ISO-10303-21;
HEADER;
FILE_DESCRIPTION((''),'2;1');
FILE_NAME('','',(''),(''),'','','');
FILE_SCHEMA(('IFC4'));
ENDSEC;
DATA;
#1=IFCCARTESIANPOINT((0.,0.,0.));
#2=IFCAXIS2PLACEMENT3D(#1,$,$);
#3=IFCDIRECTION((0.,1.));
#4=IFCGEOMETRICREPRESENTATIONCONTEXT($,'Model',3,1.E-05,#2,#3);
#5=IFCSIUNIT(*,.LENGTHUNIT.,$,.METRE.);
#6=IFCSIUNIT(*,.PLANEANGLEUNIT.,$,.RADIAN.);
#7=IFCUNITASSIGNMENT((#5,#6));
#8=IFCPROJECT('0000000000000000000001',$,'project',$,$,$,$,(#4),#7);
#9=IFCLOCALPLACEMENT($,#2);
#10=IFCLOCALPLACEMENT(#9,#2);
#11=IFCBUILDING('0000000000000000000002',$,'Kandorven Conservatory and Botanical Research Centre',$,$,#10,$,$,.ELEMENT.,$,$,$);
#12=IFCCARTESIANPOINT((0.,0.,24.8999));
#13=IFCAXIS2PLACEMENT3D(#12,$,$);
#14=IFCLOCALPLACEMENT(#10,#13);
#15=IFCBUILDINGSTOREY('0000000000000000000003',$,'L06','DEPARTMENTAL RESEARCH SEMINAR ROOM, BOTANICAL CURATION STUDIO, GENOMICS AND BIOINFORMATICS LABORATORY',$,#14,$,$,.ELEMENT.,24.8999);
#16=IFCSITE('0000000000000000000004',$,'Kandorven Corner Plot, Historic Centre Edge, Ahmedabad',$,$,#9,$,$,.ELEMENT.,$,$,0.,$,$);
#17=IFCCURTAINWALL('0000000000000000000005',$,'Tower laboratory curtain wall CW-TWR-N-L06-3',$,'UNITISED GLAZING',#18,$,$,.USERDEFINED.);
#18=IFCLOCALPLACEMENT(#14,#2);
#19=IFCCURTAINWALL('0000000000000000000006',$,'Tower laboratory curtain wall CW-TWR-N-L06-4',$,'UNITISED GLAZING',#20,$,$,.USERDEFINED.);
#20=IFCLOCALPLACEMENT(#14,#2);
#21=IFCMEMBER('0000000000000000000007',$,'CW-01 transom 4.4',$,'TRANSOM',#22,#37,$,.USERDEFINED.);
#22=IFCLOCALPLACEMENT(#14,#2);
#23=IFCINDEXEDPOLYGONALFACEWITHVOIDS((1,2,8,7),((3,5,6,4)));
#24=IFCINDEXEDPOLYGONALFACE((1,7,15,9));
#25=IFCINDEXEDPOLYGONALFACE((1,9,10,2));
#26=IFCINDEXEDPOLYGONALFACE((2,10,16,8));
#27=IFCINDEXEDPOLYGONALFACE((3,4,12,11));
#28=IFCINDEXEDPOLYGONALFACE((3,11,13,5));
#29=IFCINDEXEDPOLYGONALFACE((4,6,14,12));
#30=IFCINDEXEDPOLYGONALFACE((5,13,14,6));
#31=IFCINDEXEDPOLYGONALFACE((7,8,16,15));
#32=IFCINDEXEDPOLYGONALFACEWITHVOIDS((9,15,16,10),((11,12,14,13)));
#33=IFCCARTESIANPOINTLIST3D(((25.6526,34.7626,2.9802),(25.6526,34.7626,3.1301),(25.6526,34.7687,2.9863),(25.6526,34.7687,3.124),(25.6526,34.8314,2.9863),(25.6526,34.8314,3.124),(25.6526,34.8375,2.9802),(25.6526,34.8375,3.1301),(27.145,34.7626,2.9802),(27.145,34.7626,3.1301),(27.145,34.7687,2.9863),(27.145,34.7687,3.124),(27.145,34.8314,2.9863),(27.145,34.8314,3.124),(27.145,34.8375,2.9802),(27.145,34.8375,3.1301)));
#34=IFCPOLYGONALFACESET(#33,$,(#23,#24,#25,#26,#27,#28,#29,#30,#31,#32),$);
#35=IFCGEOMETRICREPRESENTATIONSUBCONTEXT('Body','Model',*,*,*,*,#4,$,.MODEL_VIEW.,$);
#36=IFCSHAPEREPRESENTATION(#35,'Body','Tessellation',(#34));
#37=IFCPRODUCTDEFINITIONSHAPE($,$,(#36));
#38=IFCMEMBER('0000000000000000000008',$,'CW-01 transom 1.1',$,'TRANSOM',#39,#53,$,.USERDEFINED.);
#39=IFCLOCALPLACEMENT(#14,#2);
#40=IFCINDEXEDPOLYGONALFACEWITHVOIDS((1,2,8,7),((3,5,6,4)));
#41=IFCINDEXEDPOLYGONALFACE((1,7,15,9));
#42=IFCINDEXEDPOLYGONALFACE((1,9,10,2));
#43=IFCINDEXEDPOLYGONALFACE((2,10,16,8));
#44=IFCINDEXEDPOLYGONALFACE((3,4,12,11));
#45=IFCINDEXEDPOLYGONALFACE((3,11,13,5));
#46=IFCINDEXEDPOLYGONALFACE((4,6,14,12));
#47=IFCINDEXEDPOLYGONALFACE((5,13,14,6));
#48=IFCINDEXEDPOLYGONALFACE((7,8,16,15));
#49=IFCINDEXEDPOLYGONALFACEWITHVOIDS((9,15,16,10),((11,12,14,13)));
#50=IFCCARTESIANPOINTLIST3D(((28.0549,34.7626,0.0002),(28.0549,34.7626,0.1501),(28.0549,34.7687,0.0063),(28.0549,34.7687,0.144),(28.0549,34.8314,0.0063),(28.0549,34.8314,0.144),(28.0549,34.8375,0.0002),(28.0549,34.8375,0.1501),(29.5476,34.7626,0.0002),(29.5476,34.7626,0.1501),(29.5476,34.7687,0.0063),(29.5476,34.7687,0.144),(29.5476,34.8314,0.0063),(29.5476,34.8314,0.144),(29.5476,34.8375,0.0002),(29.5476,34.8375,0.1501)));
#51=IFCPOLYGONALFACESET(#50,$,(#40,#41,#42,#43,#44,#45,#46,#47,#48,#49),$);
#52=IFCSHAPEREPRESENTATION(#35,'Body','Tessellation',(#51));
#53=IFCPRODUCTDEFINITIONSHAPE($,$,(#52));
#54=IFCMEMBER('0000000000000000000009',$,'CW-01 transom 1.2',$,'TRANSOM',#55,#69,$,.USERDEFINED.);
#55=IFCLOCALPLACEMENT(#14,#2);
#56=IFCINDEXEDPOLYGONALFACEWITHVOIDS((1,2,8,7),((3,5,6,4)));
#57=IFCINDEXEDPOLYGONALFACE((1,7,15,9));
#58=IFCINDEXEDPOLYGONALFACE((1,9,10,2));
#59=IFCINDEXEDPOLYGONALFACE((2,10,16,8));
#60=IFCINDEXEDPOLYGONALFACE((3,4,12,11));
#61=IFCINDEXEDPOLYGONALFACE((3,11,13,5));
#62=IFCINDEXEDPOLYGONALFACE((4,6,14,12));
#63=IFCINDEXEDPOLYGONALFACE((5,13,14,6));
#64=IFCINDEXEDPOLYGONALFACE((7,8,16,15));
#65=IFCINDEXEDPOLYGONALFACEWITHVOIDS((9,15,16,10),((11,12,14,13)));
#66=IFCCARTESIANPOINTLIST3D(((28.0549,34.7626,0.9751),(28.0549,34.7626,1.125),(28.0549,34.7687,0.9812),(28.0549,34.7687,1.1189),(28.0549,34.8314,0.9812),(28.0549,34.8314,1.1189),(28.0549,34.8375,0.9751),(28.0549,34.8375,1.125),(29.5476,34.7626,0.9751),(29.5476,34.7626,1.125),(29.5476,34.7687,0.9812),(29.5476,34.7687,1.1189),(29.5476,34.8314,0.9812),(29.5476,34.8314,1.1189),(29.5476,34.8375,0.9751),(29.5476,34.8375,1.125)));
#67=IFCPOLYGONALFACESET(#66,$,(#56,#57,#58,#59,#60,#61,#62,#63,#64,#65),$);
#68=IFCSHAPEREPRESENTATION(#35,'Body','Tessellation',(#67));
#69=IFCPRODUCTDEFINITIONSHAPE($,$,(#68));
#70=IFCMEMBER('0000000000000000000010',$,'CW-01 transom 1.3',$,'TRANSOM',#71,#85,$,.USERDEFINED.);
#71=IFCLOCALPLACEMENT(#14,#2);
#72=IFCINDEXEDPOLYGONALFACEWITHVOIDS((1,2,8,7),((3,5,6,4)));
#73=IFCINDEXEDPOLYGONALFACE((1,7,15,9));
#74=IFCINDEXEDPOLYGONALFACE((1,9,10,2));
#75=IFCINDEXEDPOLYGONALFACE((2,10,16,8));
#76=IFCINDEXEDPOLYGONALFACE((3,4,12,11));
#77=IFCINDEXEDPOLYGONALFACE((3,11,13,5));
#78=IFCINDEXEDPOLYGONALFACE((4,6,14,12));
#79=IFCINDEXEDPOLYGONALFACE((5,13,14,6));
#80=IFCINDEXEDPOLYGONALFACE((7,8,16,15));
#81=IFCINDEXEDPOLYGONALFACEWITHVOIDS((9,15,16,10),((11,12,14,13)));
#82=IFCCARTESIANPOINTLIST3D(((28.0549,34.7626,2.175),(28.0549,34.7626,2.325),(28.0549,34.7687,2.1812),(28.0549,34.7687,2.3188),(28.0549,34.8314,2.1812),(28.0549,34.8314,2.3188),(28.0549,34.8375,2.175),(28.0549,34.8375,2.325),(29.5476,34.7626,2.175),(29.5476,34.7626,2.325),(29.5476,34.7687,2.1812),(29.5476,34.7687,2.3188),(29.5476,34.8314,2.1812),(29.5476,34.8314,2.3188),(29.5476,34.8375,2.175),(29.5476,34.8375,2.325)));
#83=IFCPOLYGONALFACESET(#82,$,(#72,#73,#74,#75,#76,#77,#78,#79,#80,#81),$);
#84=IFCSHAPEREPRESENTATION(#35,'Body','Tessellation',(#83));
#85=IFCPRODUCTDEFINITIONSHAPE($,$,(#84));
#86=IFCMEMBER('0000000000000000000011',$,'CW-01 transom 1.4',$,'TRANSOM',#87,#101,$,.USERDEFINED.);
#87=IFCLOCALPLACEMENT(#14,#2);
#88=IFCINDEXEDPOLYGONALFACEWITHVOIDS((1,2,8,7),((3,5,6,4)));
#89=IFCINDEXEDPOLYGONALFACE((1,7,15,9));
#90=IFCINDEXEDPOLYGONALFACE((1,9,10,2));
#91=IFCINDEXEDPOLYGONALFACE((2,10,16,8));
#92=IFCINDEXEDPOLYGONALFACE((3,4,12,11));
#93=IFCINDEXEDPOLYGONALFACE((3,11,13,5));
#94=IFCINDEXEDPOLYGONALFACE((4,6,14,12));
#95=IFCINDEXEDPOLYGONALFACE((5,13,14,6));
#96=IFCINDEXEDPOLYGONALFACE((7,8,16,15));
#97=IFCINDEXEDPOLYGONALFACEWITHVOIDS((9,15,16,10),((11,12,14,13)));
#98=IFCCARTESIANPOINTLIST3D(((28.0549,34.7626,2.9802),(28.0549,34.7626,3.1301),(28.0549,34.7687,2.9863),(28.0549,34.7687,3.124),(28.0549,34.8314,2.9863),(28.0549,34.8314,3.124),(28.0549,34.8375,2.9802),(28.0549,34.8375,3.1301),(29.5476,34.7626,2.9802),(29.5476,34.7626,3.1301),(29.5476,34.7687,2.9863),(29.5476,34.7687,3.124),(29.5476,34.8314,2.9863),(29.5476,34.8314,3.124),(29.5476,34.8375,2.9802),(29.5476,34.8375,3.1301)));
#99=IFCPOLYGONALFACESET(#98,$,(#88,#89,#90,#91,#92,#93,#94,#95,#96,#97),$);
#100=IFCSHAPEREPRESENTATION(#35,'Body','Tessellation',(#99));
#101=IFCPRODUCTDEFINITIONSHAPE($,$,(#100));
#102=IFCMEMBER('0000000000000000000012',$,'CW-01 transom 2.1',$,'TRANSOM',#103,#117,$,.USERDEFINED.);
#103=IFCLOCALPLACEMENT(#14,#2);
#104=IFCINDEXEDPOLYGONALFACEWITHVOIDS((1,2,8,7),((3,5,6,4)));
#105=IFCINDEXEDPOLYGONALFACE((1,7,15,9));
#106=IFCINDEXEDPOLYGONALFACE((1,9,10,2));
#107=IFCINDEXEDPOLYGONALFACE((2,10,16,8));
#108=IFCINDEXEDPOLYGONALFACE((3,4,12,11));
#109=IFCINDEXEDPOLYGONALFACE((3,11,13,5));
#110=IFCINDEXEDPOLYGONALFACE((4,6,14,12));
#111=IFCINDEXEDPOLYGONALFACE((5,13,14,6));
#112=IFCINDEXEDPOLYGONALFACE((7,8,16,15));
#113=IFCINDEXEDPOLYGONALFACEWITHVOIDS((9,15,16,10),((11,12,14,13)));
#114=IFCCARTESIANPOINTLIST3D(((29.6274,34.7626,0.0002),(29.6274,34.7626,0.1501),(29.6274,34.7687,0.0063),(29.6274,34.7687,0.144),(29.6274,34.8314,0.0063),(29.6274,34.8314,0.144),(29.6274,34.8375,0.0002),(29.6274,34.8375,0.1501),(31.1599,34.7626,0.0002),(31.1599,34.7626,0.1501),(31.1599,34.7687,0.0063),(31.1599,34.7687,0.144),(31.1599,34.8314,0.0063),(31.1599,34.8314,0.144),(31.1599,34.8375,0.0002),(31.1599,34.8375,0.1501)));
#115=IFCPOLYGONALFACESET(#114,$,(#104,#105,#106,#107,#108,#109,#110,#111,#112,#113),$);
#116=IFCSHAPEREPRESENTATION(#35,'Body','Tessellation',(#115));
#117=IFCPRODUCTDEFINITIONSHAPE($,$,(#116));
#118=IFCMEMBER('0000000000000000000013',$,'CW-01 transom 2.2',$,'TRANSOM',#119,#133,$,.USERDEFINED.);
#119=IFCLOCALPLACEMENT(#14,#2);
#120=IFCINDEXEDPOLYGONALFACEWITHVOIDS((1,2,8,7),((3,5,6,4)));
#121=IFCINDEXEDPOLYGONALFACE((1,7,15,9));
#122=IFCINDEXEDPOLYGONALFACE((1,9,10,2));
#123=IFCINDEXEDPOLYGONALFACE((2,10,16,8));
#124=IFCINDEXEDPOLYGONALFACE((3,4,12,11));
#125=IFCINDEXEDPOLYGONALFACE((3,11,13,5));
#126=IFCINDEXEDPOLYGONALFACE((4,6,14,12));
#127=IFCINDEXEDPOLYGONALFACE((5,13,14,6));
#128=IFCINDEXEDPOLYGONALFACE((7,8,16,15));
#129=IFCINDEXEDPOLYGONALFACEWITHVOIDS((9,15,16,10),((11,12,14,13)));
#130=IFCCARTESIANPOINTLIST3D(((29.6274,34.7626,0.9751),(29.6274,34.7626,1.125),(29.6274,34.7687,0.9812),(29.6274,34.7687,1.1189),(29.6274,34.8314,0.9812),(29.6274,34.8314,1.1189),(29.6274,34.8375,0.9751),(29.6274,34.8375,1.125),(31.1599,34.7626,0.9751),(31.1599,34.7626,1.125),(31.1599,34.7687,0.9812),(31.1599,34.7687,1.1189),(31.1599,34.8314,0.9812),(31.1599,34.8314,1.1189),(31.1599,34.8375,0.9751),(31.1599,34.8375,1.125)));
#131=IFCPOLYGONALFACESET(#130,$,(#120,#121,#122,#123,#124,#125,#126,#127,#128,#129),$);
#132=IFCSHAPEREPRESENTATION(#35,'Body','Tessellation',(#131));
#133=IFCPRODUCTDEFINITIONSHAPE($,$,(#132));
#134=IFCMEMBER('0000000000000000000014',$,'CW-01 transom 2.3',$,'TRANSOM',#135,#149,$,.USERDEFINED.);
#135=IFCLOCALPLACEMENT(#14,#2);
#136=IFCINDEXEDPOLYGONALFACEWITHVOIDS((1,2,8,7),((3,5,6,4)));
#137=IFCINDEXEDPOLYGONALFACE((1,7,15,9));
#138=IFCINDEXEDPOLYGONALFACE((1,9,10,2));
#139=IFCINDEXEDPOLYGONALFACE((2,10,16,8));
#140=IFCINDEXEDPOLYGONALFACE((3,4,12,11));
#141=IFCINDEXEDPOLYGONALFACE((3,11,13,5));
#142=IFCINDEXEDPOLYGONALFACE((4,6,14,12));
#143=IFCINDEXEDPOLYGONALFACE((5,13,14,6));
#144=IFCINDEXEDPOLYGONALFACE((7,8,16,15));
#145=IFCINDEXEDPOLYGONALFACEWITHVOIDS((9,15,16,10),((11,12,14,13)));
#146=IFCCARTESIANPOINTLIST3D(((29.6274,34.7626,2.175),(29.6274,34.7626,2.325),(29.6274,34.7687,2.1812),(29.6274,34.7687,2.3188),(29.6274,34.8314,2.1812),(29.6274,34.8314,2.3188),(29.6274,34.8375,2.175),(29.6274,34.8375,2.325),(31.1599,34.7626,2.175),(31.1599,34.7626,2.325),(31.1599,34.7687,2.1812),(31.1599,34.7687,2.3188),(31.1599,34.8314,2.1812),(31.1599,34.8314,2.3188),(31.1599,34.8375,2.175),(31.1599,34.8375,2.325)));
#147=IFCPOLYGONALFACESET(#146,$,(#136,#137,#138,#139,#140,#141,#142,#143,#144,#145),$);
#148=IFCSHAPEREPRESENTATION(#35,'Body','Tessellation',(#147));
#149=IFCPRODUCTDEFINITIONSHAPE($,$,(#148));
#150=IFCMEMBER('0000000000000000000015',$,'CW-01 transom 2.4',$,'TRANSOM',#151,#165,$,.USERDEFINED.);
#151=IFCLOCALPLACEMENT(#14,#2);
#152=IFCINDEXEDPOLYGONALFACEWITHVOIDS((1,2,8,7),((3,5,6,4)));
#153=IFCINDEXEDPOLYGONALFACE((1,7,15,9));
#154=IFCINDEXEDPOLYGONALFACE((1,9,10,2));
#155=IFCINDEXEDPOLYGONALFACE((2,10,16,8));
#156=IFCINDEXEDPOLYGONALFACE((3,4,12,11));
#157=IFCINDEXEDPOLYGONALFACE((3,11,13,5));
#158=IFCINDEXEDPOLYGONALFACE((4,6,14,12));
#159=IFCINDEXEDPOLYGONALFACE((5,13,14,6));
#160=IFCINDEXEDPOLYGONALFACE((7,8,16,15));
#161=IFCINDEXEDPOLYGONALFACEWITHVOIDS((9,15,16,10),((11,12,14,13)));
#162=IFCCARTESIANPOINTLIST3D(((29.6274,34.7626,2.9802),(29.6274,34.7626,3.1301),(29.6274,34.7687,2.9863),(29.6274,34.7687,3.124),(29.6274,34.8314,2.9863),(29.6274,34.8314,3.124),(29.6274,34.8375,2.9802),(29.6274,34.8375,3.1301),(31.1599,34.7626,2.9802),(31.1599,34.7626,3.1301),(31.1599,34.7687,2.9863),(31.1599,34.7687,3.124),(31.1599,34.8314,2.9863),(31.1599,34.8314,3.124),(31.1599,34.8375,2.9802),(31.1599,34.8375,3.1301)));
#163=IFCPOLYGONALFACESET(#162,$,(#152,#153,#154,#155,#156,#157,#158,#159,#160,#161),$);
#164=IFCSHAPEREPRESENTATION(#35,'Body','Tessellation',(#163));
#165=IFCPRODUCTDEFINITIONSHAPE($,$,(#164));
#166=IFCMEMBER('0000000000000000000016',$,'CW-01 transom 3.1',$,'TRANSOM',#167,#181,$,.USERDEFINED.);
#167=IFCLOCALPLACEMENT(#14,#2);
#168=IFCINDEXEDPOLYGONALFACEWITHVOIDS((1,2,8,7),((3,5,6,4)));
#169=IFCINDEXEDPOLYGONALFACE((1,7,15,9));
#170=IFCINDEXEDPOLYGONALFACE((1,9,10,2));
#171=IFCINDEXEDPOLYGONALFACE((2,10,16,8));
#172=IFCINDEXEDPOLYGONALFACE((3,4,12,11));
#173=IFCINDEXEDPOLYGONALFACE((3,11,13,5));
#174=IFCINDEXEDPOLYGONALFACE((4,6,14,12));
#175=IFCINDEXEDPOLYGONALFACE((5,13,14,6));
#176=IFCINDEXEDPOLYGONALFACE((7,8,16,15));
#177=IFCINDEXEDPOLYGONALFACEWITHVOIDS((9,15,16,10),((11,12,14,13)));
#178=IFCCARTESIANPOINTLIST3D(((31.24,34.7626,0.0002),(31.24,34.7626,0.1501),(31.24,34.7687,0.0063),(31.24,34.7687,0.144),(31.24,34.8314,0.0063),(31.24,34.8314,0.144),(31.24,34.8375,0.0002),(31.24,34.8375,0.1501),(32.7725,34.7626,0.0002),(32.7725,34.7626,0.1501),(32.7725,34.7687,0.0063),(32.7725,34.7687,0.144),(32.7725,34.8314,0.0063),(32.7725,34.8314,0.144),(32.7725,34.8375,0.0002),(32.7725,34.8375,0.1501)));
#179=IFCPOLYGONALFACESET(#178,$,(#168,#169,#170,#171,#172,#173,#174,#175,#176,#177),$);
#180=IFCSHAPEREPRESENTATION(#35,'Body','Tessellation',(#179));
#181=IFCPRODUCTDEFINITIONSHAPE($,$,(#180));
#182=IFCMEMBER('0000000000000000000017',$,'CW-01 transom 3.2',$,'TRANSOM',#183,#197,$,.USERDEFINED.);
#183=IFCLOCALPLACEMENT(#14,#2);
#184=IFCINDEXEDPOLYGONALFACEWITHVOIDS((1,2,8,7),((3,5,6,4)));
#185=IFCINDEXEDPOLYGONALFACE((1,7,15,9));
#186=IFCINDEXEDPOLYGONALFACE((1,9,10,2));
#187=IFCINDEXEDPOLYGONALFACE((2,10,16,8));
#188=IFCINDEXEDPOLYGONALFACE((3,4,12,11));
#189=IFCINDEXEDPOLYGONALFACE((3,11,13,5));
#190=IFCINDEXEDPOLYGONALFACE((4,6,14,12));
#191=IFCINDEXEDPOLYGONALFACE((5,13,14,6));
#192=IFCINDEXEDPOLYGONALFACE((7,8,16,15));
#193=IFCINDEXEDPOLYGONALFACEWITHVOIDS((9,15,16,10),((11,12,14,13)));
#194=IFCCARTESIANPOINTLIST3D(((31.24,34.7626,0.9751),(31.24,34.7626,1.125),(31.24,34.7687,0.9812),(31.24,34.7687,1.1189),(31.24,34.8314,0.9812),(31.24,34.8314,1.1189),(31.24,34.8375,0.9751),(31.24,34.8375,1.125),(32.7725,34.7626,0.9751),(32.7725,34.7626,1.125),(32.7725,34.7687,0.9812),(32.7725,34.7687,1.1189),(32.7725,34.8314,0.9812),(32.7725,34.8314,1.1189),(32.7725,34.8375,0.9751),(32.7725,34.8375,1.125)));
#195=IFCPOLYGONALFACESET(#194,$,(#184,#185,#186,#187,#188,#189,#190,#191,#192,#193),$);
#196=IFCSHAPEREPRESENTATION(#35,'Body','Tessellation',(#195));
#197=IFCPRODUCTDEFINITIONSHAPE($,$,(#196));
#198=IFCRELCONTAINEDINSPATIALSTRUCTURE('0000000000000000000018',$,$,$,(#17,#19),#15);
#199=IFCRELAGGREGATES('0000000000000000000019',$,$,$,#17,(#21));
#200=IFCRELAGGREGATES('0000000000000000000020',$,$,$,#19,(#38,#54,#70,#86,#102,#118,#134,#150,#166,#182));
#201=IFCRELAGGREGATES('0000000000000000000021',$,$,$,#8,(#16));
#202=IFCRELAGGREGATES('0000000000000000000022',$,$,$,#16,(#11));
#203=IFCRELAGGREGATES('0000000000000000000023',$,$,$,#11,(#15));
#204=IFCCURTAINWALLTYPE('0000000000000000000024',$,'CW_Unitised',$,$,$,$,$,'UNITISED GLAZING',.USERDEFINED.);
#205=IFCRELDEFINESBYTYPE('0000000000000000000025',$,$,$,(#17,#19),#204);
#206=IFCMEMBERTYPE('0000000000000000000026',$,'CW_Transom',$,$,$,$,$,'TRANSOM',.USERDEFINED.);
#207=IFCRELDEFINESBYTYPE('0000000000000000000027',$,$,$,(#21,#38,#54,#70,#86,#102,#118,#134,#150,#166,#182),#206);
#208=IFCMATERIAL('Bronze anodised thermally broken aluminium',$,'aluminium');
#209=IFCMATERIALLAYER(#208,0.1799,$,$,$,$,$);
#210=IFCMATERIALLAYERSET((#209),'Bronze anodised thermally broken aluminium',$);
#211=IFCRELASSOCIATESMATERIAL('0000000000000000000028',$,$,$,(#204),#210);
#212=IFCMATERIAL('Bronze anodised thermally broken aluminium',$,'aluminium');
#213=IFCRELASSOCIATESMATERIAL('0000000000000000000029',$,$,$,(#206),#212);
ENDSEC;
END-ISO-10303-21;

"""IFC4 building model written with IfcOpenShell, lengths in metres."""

from ifc_helpers import new_model, si_unit, direction, frame, origin, origin_2d, place, context, subcontext, project, spatial, hollow_rectangle, extrude, material, layer, layer_set, material_profile, profile_set, type_object, element, aggregate, save


model = new_model("IFC4")

# Units and contexts
model_context = context("Model", 3, precision=1e-05, world=origin(), true_north=direction((0.0, 1.0)))
body_context = subcontext(model_context, "Body", "Model", "MODEL_VIEW")
ifc_project = project(units=[si_unit("LENGTHUNIT", "METRE"), si_unit("PLANEANGLEUNIT", "RADIAN")], contexts=[model_context])

# Site, building, storey
site_placement = place(None, origin())
site = spatial("IfcSite", under=ifc_project, at=site_placement, Name="Kandorven Corner Plot, Historic Centre Edge, Ahmedabad", CompositionType="ELEMENT", RefElevation=0.0)
building_placement = place(site_placement, origin())
building = spatial("IfcBuilding", under=site, at=building_placement, Name="Kandorven Conservatory and Botanical Research Centre", CompositionType="ELEMENT")
storey_placement = place(building_placement, frame((0.0, 0.0, 24.8999)))
storey = spatial("IfcBuildingStorey", under=building, at=storey_placement, Name="L06", Description="DEPARTMENTAL RESEARCH SEMINAR ROOM, BOTANICAL CURATION STUDIO, GENOMICS AND BIOINFORMATICS LABORATORY", CompositionType="ELEMENT", Elevation=24.8999)

# Curtain walls
ifc_material_1 = material(Name="Bronze anodised thermally broken aluminium", Category="aluminium")
ifc_layer_1 = layer(ifc_material_1, 0.1799)
ifc_layer_set_1 = layer_set([ifc_layer_1], Name="Bronze anodised thermally broken aluminium")
curtain_wall_type = type_object("IfcCurtainWallType", Name="CW_Unitised", ElementType="UNITISED GLAZING", PredefinedType="USERDEFINED", material=ifc_layer_set_1)
curtain_wall_1_placement = place(storey_placement, origin())
curtain_wall_1 = element("IfcCurtainWall", 1, at=curtain_wall_1_placement, inside=storey, type_object=curtain_wall_type, Name="Tower laboratory curtain wall CW-TWR-N-L06-3", ObjectType="UNITISED GLAZING", PredefinedType="USERDEFINED")
curtain_wall_2_placement = place(storey_placement, origin())
curtain_wall_2 = element("IfcCurtainWall", 2, at=curtain_wall_2_placement, inside=storey, type_object=curtain_wall_type, Name="Tower laboratory curtain wall CW-TWR-N-L06-4", ObjectType="UNITISED GLAZING", PredefinedType="USERDEFINED")

# Members
ifc_material_2 = material(Name="Bronze anodised thermally broken aluminium", Category="aluminium")
ifc_material_profile_1 = material_profile(ifc_material_2, hollow_rectangle(XDim=0.075, YDim=0.1499, WallThickness=0.0061, at=origin_2d()))
ifc_profile_set_1 = profile_set([ifc_material_profile_1], Name="Bronze anodised thermally broken aluminium")
member_type_1 = type_object("IfcMemberType", Name="CW_Transom", ElementType="TRANSOM", PredefinedType="USERDEFINED", material=ifc_profile_set_1)
member_1_placement = place(storey_placement, frame((25.6526, 34.8, 3.0552), z_axis=(1.0, 0.0, 0.0), x_axis=(0.0, 1.0, 0.0)))
member_1 = element("IfcMember", 3, at=member_1_placement, type_object=member_type_1, Name="CW-01 transom 4.4", ObjectType="TRANSOM", PredefinedType="USERDEFINED", context=body_context, shape_type="SweptSolid", body=[
    extrude(hollow_rectangle(XDim=0.075, YDim=0.1499, WallThickness=0.0061, at=origin_2d()), origin(), (0.0, 0.0, 1.0), 1.4924),
])
member_2_placement = place(storey_placement, frame((28.0549, 34.8, 0.0752), z_axis=(1.0, 0.0, 0.0), x_axis=(0.0, 1.0, 0.0)))
member_2 = element("IfcMember", 4, at=member_2_placement, type_object=member_type_1, Name="CW-01 transom 1.1", ObjectType="TRANSOM", PredefinedType="USERDEFINED", context=body_context, shape_type="SweptSolid", body=[
    extrude(hollow_rectangle(XDim=0.075, YDim=0.1499, WallThickness=0.0061, at=origin_2d()), origin(), (0.0, 0.0, 1.0), 1.4927),
])
member_3_placement = place(storey_placement, frame((28.0549, 34.8, 1.05), z_axis=(1.0, 0.0, 0.0), x_axis=(0.0, 1.0, 0.0)))
member_3 = element("IfcMember", 5, at=member_3_placement, type_object=member_type_1, Name="CW-01 transom 1.2", ObjectType="TRANSOM", PredefinedType="USERDEFINED", context=body_context, shape_type="SweptSolid", body=[
    extrude(hollow_rectangle(XDim=0.075, YDim=0.1499, WallThickness=0.0061, at=origin_2d()), origin(), (0.0, 0.0, 1.0), 1.4927),
])
member_4_placement = place(storey_placement, frame((28.0549, 34.8, 2.25), z_axis=(1.0, 0.0, 0.0), x_axis=(0.0, 1.0, 0.0)))
member_4 = element("IfcMember", 6, at=member_4_placement, type_object=member_type_1, Name="CW-01 transom 1.3", ObjectType="TRANSOM", PredefinedType="USERDEFINED", context=body_context, shape_type="SweptSolid", body=[
    extrude(hollow_rectangle(XDim=0.075, YDim=0.1499, WallThickness=0.0061, at=origin_2d()), origin(), (0.0, 0.0, 1.0), 1.4927),
])
member_5_placement = place(storey_placement, frame((28.0549, 34.8, 3.0552), z_axis=(1.0, 0.0, 0.0), x_axis=(0.0, 1.0, 0.0)))
member_5 = element("IfcMember", 7, at=member_5_placement, type_object=member_type_1, Name="CW-01 transom 1.4", ObjectType="TRANSOM", PredefinedType="USERDEFINED", context=body_context, shape_type="SweptSolid", body=[
    extrude(hollow_rectangle(XDim=0.075, YDim=0.1499, WallThickness=0.0061, at=origin_2d()), origin(), (0.0, 0.0, 1.0), 1.4927),
])
member_6_placement = place(storey_placement, frame((29.6274, 34.8, 0.0752), z_axis=(1.0, 0.0, 0.0), x_axis=(0.0, 1.0, 0.0)))
member_6 = element("IfcMember", 8, at=member_6_placement, type_object=member_type_1, Name="CW-01 transom 2.1", ObjectType="TRANSOM", PredefinedType="USERDEFINED", context=body_context, shape_type="SweptSolid", body=[
    extrude(hollow_rectangle(XDim=0.075, YDim=0.1499, WallThickness=0.0061, at=origin_2d()), origin(), (0.0, 0.0, 1.0), 1.5325),
])
member_7_placement = place(storey_placement, frame((29.6274, 34.8, 1.05), z_axis=(1.0, 0.0, 0.0), x_axis=(0.0, 1.0, 0.0)))
member_7 = element("IfcMember", 9, at=member_7_placement, type_object=member_type_1, Name="CW-01 transom 2.2", ObjectType="TRANSOM", PredefinedType="USERDEFINED", context=body_context, shape_type="SweptSolid", body=[
    extrude(hollow_rectangle(XDim=0.075, YDim=0.1499, WallThickness=0.0061, at=origin_2d()), origin(), (0.0, 0.0, 1.0), 1.5325),
])
member_8_placement = place(storey_placement, frame((29.6274, 34.8, 2.25), z_axis=(1.0, 0.0, 0.0), x_axis=(0.0, 1.0, 0.0)))
member_8 = element("IfcMember", 10, at=member_8_placement, type_object=member_type_1, Name="CW-01 transom 2.3", ObjectType="TRANSOM", PredefinedType="USERDEFINED", context=body_context, shape_type="SweptSolid", body=[
    extrude(hollow_rectangle(XDim=0.075, YDim=0.1499, WallThickness=0.0061, at=origin_2d()), origin(), (0.0, 0.0, 1.0), 1.5325),
])
member_9_placement = place(storey_placement, frame((29.6274, 34.8, 3.0552), z_axis=(1.0, 0.0, 0.0), x_axis=(0.0, 1.0, 0.0)))
member_9 = element("IfcMember", 11, at=member_9_placement, type_object=member_type_1, Name="CW-01 transom 2.4", ObjectType="TRANSOM", PredefinedType="USERDEFINED", context=body_context, shape_type="SweptSolid", body=[
    extrude(hollow_rectangle(XDim=0.075, YDim=0.1499, WallThickness=0.0061, at=origin_2d()), origin(), (0.0, 0.0, 1.0), 1.5325),
])
member_10_placement = place(storey_placement, frame((31.24, 34.8, 0.0752), z_axis=(1.0, 0.0, 0.0), x_axis=(0.0, 1.0, 0.0)))
member_10 = element("IfcMember", 12, at=member_10_placement, type_object=member_type_1, Name="CW-01 transom 3.1", ObjectType="TRANSOM", PredefinedType="USERDEFINED", context=body_context, shape_type="SweptSolid", body=[
    extrude(hollow_rectangle(XDim=0.075, YDim=0.1499, WallThickness=0.0061, at=origin_2d()), origin(), (0.0, 0.0, 1.0), 1.5325),
])
member_11_placement = place(storey_placement, frame((31.24, 34.8, 1.05), z_axis=(1.0, 0.0, 0.0), x_axis=(0.0, 1.0, 0.0)))
member_11 = element("IfcMember", 13, at=member_11_placement, type_object=member_type_1, Name="CW-01 transom 3.2", ObjectType="TRANSOM", PredefinedType="USERDEFINED", context=body_context, shape_type="SweptSolid", body=[
    extrude(hollow_rectangle(XDim=0.075, YDim=0.1499, WallThickness=0.0061, at=origin_2d()), origin(), (0.0, 0.0, 1.0), 1.5325),
])

aggregate(curtain_wall_1, [member_1])
aggregate(curtain_wall_2, [member_2, member_3, member_4, member_5, member_6, member_7, member_8, member_9, member_10, member_11])

save(model, "model.ifc")
